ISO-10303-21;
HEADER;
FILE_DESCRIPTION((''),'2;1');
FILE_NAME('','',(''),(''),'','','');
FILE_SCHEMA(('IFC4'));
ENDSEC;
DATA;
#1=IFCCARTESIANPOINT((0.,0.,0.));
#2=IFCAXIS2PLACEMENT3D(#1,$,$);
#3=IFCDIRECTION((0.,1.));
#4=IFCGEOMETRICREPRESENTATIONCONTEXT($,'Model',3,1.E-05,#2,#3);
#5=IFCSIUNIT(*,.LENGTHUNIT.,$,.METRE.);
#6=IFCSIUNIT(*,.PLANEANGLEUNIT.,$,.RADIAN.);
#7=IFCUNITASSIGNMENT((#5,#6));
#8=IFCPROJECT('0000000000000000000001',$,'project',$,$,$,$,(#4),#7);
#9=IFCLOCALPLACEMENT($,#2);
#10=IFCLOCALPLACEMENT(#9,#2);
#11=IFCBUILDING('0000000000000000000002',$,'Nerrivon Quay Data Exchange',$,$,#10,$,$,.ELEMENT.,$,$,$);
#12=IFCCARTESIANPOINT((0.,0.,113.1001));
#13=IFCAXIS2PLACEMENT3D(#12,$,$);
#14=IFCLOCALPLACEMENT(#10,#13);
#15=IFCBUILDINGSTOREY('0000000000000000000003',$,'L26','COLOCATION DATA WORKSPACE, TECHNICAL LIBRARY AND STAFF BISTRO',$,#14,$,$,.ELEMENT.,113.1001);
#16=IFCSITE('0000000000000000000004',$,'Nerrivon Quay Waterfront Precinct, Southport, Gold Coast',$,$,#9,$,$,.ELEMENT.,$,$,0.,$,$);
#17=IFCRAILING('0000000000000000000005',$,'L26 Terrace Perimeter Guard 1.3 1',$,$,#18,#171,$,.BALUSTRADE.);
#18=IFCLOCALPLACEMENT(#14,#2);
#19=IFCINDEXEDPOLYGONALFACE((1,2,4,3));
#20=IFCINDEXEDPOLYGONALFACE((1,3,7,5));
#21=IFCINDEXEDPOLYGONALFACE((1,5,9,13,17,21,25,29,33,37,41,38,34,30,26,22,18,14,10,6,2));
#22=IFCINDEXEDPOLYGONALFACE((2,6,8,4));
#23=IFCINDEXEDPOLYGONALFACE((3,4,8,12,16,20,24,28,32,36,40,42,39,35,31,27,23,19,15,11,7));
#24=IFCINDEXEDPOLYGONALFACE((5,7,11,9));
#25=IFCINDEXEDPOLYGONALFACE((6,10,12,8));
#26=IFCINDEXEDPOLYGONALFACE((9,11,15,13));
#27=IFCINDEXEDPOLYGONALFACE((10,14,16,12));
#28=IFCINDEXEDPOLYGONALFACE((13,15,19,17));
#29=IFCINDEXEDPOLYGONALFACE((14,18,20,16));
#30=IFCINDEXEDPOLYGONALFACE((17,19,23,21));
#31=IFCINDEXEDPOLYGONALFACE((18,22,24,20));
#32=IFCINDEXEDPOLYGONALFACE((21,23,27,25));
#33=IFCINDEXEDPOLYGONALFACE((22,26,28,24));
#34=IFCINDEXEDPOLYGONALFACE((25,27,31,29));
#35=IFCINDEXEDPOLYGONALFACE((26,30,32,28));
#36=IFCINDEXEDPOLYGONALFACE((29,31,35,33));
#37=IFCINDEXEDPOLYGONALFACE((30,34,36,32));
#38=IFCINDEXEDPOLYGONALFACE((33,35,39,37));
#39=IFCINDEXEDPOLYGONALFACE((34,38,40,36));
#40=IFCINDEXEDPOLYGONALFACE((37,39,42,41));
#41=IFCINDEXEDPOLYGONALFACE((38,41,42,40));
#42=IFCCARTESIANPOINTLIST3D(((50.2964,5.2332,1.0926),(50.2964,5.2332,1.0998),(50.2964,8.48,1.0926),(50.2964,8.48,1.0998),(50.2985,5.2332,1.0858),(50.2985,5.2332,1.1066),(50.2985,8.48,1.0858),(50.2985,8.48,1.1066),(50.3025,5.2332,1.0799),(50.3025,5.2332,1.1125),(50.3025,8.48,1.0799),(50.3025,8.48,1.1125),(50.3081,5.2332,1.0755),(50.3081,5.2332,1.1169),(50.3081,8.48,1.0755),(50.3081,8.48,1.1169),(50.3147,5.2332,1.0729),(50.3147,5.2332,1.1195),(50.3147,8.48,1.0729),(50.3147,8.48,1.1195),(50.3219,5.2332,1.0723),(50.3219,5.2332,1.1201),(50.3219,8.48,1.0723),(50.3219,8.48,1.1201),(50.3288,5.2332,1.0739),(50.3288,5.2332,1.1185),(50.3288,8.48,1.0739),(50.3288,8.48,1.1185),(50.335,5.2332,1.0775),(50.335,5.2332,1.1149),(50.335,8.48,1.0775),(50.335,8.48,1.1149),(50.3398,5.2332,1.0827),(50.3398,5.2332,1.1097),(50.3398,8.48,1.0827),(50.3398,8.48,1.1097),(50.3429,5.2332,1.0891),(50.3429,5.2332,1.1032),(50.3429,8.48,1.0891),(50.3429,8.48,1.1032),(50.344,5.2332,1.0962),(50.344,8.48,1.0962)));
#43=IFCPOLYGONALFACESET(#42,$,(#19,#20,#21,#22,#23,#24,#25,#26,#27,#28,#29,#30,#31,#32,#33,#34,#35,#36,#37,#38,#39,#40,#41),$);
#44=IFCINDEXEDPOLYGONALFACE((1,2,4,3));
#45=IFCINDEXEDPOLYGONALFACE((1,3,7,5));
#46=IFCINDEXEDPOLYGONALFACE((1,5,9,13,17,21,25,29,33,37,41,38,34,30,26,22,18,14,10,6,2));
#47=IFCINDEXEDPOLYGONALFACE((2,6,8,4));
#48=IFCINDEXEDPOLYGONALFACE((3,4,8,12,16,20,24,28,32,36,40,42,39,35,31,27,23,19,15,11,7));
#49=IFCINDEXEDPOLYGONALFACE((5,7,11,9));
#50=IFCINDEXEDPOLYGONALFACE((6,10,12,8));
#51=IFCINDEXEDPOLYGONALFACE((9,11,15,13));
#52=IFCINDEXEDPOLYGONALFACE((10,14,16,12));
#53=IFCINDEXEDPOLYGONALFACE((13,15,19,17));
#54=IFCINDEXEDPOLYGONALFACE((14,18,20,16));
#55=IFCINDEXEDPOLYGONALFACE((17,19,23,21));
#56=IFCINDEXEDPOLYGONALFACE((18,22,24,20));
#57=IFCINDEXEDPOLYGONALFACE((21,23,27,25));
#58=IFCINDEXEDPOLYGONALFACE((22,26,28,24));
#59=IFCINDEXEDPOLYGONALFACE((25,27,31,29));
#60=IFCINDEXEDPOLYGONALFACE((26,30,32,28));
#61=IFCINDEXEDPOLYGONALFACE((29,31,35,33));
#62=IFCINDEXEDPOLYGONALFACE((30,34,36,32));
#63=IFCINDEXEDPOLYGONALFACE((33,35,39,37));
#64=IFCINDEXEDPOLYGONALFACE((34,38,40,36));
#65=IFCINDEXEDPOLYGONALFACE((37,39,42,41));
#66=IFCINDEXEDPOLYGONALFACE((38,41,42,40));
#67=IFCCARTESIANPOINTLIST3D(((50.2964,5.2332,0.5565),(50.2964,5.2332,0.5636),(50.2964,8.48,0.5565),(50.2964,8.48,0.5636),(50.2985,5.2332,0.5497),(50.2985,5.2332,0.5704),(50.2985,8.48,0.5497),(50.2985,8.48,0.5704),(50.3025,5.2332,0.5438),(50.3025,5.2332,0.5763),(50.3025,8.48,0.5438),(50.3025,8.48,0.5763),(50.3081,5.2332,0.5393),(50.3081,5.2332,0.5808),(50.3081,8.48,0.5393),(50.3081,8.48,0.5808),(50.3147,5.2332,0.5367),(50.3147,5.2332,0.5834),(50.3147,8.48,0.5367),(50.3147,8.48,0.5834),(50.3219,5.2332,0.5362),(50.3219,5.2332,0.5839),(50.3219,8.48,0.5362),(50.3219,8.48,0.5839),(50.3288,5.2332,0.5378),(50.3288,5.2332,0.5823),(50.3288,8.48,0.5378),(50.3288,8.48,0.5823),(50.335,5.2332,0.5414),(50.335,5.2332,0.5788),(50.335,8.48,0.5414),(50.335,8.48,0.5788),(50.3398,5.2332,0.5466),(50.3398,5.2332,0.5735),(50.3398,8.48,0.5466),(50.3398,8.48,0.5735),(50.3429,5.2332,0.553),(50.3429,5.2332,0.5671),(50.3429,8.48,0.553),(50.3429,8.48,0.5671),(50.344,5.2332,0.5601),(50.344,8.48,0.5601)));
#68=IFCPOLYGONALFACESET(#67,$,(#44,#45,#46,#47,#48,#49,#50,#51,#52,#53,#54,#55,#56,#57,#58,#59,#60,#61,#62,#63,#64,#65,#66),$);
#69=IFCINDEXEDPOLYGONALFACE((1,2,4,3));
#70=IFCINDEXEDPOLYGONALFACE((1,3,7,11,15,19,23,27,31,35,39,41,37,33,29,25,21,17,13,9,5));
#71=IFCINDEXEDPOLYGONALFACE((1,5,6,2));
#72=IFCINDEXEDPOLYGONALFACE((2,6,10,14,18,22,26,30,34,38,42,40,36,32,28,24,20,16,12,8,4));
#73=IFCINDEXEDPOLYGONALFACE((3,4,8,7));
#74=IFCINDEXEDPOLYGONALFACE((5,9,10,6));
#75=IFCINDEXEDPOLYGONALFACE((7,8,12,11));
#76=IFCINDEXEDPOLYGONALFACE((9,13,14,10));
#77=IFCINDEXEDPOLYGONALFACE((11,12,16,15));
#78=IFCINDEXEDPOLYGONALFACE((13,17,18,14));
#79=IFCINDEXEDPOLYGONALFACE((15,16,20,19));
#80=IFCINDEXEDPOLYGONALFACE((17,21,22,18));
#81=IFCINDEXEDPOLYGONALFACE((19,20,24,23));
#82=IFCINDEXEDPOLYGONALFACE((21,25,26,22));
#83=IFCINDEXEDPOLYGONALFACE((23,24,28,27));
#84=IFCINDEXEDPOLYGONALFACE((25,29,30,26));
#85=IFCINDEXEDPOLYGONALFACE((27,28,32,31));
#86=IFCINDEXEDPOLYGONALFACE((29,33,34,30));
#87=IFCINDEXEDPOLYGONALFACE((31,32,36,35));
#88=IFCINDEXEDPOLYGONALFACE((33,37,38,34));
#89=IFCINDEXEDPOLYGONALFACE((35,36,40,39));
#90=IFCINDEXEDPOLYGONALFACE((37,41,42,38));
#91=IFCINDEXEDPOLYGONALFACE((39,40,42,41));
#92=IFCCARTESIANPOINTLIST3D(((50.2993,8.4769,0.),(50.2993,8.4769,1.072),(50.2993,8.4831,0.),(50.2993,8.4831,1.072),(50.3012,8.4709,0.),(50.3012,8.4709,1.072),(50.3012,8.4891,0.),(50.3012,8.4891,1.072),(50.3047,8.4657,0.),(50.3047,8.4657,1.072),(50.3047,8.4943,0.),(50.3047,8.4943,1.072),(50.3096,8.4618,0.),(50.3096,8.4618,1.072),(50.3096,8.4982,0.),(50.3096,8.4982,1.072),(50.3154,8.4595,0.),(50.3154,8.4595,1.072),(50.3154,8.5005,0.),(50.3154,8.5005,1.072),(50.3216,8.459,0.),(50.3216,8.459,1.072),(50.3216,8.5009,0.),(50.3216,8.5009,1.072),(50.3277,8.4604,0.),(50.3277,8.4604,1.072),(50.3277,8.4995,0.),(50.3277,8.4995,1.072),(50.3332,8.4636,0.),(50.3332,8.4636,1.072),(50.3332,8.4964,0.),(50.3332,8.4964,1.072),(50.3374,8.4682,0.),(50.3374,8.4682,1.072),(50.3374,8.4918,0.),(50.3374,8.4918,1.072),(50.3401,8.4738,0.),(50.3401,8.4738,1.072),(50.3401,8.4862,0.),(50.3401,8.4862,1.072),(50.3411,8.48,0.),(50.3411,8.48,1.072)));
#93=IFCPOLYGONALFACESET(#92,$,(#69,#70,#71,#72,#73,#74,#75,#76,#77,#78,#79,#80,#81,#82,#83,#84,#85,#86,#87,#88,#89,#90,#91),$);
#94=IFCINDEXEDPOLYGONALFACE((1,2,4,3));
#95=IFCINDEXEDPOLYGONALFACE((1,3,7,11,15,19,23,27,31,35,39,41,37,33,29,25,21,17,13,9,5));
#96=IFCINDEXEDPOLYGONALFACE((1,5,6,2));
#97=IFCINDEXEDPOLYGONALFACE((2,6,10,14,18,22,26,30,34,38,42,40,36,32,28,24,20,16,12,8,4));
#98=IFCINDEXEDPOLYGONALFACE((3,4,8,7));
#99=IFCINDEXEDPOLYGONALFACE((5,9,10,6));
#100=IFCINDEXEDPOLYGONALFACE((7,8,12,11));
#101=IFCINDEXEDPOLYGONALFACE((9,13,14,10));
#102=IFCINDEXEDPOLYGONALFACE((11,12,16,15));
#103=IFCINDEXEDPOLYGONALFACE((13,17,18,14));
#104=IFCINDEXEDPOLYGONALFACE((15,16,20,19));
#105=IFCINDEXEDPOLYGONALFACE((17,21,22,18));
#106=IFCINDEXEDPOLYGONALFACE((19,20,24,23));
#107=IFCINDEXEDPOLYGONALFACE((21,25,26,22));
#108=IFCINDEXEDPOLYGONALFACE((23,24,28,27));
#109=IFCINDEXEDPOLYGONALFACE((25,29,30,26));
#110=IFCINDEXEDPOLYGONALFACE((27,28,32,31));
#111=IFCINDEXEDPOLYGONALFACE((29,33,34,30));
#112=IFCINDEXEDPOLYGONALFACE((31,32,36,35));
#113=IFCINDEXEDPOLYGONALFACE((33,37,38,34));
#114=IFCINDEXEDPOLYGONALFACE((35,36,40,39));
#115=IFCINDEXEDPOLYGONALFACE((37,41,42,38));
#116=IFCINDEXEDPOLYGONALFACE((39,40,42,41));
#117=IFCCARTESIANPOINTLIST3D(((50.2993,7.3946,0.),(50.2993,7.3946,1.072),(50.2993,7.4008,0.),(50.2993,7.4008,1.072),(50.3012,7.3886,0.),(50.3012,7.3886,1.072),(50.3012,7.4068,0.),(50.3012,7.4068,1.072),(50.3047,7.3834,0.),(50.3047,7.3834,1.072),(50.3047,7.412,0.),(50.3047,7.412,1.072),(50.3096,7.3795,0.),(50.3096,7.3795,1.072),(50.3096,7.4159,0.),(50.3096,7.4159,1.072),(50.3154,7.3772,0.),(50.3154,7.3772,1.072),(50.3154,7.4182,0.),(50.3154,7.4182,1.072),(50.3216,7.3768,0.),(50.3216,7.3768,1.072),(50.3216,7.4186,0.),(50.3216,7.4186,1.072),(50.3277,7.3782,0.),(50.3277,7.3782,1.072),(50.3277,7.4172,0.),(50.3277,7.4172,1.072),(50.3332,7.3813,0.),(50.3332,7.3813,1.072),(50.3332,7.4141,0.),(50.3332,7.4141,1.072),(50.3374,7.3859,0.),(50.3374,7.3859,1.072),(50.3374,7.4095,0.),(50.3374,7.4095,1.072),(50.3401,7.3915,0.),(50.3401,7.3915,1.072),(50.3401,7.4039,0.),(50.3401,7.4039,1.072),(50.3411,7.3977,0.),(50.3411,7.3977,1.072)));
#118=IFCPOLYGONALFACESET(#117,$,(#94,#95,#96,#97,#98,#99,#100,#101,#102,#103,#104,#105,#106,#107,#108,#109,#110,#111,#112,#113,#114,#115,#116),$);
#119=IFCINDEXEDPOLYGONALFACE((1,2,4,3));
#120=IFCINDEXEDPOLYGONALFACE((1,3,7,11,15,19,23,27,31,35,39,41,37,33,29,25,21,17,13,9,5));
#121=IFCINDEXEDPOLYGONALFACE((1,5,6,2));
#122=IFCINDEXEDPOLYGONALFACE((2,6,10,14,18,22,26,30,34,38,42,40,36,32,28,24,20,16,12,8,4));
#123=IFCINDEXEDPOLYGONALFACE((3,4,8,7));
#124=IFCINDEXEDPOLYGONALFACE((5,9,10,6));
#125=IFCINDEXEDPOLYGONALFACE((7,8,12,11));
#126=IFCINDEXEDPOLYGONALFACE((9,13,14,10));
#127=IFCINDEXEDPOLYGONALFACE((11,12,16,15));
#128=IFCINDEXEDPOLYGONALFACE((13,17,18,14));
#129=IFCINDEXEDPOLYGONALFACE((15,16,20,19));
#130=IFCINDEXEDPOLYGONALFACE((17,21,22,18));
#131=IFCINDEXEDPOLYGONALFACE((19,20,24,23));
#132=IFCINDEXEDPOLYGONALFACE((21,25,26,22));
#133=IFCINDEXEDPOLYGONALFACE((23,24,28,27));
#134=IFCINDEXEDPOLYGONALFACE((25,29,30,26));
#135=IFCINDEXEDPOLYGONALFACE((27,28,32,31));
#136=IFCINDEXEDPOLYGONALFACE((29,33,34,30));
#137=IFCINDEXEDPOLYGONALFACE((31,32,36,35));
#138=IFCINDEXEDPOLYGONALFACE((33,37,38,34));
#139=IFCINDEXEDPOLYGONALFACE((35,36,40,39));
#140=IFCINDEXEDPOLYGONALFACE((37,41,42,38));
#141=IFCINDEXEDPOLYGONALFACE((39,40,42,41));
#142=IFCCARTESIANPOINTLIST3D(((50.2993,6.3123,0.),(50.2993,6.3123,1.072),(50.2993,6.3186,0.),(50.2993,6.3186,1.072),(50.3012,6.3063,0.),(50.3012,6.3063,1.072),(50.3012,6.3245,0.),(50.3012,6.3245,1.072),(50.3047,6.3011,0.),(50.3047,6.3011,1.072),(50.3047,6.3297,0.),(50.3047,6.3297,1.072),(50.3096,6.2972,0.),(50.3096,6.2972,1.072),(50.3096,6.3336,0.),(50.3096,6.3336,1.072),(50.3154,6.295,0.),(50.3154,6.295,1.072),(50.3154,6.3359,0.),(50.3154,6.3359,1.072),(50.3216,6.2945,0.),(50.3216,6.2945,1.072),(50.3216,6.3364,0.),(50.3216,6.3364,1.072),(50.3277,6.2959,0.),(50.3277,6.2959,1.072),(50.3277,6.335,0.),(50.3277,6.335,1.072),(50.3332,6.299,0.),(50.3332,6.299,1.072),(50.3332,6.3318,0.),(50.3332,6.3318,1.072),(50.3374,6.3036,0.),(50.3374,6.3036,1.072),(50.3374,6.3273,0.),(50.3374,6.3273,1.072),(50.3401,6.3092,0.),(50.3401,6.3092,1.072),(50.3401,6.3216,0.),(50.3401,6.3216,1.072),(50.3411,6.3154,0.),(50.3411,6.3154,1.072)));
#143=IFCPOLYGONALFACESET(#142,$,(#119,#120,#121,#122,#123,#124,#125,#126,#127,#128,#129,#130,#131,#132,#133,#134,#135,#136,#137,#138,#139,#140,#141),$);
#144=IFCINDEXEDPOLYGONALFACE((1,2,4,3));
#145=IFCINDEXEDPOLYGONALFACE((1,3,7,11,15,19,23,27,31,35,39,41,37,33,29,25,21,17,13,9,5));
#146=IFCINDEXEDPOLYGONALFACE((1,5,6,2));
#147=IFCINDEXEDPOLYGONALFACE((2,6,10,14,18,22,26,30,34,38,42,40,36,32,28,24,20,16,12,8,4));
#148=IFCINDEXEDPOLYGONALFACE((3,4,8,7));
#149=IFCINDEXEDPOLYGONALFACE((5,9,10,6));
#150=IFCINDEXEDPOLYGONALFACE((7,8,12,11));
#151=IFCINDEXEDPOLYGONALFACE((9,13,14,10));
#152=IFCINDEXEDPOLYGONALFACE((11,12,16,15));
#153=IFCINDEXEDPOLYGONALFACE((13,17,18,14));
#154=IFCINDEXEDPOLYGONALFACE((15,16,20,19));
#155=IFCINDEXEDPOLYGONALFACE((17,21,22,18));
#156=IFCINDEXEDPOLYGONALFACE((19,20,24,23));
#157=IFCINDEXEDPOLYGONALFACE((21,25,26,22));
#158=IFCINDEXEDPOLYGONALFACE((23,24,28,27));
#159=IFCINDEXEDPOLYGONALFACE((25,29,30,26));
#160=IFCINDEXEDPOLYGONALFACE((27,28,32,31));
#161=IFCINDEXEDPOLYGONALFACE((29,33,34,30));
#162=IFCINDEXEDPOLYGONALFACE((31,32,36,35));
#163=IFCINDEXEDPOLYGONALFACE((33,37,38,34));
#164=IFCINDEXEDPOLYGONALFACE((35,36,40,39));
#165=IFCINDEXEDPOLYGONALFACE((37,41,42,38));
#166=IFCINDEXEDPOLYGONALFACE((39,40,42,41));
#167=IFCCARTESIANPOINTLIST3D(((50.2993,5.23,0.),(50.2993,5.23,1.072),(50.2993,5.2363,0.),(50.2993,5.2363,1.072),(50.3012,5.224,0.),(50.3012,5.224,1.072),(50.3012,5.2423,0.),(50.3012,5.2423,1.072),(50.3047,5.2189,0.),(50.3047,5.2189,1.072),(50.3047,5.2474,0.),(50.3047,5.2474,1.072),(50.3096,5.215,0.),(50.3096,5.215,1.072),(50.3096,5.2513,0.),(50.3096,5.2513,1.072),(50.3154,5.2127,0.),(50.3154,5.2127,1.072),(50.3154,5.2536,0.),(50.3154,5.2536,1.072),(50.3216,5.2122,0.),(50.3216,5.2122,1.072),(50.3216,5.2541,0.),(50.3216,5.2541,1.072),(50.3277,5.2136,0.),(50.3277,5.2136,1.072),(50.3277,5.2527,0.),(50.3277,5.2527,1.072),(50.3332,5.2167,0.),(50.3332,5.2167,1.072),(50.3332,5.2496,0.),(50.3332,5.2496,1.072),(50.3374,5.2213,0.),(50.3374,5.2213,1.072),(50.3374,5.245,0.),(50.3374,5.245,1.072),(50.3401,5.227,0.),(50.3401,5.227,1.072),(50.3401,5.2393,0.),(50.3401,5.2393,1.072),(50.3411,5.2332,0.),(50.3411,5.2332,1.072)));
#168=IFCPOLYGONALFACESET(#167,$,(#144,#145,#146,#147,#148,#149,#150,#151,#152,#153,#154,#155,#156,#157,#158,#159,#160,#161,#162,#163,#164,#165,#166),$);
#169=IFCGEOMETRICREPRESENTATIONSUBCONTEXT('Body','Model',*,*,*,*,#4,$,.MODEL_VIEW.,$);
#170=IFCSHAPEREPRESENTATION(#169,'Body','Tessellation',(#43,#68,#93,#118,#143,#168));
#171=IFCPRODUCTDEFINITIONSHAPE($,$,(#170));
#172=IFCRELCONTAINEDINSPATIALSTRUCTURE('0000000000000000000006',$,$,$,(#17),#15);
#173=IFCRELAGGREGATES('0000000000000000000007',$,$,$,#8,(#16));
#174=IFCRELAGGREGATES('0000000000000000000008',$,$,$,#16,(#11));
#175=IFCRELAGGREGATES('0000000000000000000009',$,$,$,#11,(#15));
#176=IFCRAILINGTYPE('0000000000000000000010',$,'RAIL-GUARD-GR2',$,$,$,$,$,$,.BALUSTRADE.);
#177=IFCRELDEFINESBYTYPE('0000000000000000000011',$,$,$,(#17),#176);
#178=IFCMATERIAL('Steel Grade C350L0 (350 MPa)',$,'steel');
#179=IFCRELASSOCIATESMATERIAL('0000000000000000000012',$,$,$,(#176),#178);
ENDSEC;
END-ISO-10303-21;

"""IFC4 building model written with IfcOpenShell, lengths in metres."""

from ifc_helpers import new_model, si_unit, direction, frame, origin, origin_2d, place, context, subcontext, project, spatial, circle, extrude, material, type_object, element, save


model = new_model("IFC4")

# Units and contexts
model_context = context("Model", 3, precision=1e-05, world=origin(), true_north=direction((0.0, 1.0)))
body_context = subcontext(model_context, "Body", "Model", "MODEL_VIEW")
ifc_project = project(units=[si_unit("LENGTHUNIT", "METRE"), si_unit("PLANEANGLEUNIT", "RADIAN")], contexts=[model_context])

# Site, building, storey
site_placement = place(None, origin())
site = spatial("IfcSite", under=ifc_project, at=site_placement, Name="Nerrivon Quay Waterfront Precinct, Southport, Gold Coast", CompositionType="ELEMENT", RefElevation=0.0)
building_placement = place(site_placement, origin())
building = spatial("IfcBuilding", under=site, at=building_placement, Name="Nerrivon Quay Data Exchange", CompositionType="ELEMENT")
storey_placement = place(building_placement, frame((0.0, 0.0, 113.1001)))
storey = spatial("IfcBuildingStorey", under=building, at=storey_placement, Name="L26", Description="COLOCATION DATA WORKSPACE, TECHNICAL LIBRARY AND STAFF BISTRO", CompositionType="ELEMENT", Elevation=113.1001)

# Railing
ifc_material_1 = material(Name="Steel Grade C350L0 (350 MPa)", Category="steel")
railing_type = type_object("IfcRailingType", Name="RAIL-GUARD-GR2", PredefinedType="BALUSTRADE", material=ifc_material_1)
railing_1_placement = place(storey_placement, frame((50.3201, 8.48, 0.0)))
element("IfcRailing", 1, at=railing_1_placement, inside=storey, type_object=railing_type, Name="L26 Terrace Perimeter Guard 1.3 1", PredefinedType="BALUSTRADE", context=body_context, shape_type="SweptSolid", body=[
    extrude(circle(Radius=0.0239, at=origin_2d()), frame((0.0, 0.0, 1.0962), z_axis=(0.0, -1.0, 0.0), x_axis=(1.0, 0.0, 0.0)), (0.0, 0.0, 1.0), 3.2468),
    extrude(circle(Radius=0.0239, at=origin_2d()), frame((0.0, 0.0, 0.5601), z_axis=(0.0, -1.0, 0.0), x_axis=(1.0, 0.0, 0.0)), (0.0, 0.0, 1.0), 3.2468),
    extrude(circle(Radius=0.021, at=origin_2d()), origin(), (0.0, 0.0, 1.0), 1.072),
    extrude(circle(Radius=0.021, at=origin_2d()), frame((0.0, -1.0823, 0.0)), (0.0, 0.0, 1.0), 1.072),
    extrude(circle(Radius=0.021, at=origin_2d()), frame((0.0, -2.1646, 0.0)), (0.0, 0.0, 1.0), 1.072),
    extrude(circle(Radius=0.021, at=origin_2d()), frame((0.0, -3.2468, 0.0)), (0.0, 0.0, 1.0), 1.072),
])

save(model, "model.ifc")
